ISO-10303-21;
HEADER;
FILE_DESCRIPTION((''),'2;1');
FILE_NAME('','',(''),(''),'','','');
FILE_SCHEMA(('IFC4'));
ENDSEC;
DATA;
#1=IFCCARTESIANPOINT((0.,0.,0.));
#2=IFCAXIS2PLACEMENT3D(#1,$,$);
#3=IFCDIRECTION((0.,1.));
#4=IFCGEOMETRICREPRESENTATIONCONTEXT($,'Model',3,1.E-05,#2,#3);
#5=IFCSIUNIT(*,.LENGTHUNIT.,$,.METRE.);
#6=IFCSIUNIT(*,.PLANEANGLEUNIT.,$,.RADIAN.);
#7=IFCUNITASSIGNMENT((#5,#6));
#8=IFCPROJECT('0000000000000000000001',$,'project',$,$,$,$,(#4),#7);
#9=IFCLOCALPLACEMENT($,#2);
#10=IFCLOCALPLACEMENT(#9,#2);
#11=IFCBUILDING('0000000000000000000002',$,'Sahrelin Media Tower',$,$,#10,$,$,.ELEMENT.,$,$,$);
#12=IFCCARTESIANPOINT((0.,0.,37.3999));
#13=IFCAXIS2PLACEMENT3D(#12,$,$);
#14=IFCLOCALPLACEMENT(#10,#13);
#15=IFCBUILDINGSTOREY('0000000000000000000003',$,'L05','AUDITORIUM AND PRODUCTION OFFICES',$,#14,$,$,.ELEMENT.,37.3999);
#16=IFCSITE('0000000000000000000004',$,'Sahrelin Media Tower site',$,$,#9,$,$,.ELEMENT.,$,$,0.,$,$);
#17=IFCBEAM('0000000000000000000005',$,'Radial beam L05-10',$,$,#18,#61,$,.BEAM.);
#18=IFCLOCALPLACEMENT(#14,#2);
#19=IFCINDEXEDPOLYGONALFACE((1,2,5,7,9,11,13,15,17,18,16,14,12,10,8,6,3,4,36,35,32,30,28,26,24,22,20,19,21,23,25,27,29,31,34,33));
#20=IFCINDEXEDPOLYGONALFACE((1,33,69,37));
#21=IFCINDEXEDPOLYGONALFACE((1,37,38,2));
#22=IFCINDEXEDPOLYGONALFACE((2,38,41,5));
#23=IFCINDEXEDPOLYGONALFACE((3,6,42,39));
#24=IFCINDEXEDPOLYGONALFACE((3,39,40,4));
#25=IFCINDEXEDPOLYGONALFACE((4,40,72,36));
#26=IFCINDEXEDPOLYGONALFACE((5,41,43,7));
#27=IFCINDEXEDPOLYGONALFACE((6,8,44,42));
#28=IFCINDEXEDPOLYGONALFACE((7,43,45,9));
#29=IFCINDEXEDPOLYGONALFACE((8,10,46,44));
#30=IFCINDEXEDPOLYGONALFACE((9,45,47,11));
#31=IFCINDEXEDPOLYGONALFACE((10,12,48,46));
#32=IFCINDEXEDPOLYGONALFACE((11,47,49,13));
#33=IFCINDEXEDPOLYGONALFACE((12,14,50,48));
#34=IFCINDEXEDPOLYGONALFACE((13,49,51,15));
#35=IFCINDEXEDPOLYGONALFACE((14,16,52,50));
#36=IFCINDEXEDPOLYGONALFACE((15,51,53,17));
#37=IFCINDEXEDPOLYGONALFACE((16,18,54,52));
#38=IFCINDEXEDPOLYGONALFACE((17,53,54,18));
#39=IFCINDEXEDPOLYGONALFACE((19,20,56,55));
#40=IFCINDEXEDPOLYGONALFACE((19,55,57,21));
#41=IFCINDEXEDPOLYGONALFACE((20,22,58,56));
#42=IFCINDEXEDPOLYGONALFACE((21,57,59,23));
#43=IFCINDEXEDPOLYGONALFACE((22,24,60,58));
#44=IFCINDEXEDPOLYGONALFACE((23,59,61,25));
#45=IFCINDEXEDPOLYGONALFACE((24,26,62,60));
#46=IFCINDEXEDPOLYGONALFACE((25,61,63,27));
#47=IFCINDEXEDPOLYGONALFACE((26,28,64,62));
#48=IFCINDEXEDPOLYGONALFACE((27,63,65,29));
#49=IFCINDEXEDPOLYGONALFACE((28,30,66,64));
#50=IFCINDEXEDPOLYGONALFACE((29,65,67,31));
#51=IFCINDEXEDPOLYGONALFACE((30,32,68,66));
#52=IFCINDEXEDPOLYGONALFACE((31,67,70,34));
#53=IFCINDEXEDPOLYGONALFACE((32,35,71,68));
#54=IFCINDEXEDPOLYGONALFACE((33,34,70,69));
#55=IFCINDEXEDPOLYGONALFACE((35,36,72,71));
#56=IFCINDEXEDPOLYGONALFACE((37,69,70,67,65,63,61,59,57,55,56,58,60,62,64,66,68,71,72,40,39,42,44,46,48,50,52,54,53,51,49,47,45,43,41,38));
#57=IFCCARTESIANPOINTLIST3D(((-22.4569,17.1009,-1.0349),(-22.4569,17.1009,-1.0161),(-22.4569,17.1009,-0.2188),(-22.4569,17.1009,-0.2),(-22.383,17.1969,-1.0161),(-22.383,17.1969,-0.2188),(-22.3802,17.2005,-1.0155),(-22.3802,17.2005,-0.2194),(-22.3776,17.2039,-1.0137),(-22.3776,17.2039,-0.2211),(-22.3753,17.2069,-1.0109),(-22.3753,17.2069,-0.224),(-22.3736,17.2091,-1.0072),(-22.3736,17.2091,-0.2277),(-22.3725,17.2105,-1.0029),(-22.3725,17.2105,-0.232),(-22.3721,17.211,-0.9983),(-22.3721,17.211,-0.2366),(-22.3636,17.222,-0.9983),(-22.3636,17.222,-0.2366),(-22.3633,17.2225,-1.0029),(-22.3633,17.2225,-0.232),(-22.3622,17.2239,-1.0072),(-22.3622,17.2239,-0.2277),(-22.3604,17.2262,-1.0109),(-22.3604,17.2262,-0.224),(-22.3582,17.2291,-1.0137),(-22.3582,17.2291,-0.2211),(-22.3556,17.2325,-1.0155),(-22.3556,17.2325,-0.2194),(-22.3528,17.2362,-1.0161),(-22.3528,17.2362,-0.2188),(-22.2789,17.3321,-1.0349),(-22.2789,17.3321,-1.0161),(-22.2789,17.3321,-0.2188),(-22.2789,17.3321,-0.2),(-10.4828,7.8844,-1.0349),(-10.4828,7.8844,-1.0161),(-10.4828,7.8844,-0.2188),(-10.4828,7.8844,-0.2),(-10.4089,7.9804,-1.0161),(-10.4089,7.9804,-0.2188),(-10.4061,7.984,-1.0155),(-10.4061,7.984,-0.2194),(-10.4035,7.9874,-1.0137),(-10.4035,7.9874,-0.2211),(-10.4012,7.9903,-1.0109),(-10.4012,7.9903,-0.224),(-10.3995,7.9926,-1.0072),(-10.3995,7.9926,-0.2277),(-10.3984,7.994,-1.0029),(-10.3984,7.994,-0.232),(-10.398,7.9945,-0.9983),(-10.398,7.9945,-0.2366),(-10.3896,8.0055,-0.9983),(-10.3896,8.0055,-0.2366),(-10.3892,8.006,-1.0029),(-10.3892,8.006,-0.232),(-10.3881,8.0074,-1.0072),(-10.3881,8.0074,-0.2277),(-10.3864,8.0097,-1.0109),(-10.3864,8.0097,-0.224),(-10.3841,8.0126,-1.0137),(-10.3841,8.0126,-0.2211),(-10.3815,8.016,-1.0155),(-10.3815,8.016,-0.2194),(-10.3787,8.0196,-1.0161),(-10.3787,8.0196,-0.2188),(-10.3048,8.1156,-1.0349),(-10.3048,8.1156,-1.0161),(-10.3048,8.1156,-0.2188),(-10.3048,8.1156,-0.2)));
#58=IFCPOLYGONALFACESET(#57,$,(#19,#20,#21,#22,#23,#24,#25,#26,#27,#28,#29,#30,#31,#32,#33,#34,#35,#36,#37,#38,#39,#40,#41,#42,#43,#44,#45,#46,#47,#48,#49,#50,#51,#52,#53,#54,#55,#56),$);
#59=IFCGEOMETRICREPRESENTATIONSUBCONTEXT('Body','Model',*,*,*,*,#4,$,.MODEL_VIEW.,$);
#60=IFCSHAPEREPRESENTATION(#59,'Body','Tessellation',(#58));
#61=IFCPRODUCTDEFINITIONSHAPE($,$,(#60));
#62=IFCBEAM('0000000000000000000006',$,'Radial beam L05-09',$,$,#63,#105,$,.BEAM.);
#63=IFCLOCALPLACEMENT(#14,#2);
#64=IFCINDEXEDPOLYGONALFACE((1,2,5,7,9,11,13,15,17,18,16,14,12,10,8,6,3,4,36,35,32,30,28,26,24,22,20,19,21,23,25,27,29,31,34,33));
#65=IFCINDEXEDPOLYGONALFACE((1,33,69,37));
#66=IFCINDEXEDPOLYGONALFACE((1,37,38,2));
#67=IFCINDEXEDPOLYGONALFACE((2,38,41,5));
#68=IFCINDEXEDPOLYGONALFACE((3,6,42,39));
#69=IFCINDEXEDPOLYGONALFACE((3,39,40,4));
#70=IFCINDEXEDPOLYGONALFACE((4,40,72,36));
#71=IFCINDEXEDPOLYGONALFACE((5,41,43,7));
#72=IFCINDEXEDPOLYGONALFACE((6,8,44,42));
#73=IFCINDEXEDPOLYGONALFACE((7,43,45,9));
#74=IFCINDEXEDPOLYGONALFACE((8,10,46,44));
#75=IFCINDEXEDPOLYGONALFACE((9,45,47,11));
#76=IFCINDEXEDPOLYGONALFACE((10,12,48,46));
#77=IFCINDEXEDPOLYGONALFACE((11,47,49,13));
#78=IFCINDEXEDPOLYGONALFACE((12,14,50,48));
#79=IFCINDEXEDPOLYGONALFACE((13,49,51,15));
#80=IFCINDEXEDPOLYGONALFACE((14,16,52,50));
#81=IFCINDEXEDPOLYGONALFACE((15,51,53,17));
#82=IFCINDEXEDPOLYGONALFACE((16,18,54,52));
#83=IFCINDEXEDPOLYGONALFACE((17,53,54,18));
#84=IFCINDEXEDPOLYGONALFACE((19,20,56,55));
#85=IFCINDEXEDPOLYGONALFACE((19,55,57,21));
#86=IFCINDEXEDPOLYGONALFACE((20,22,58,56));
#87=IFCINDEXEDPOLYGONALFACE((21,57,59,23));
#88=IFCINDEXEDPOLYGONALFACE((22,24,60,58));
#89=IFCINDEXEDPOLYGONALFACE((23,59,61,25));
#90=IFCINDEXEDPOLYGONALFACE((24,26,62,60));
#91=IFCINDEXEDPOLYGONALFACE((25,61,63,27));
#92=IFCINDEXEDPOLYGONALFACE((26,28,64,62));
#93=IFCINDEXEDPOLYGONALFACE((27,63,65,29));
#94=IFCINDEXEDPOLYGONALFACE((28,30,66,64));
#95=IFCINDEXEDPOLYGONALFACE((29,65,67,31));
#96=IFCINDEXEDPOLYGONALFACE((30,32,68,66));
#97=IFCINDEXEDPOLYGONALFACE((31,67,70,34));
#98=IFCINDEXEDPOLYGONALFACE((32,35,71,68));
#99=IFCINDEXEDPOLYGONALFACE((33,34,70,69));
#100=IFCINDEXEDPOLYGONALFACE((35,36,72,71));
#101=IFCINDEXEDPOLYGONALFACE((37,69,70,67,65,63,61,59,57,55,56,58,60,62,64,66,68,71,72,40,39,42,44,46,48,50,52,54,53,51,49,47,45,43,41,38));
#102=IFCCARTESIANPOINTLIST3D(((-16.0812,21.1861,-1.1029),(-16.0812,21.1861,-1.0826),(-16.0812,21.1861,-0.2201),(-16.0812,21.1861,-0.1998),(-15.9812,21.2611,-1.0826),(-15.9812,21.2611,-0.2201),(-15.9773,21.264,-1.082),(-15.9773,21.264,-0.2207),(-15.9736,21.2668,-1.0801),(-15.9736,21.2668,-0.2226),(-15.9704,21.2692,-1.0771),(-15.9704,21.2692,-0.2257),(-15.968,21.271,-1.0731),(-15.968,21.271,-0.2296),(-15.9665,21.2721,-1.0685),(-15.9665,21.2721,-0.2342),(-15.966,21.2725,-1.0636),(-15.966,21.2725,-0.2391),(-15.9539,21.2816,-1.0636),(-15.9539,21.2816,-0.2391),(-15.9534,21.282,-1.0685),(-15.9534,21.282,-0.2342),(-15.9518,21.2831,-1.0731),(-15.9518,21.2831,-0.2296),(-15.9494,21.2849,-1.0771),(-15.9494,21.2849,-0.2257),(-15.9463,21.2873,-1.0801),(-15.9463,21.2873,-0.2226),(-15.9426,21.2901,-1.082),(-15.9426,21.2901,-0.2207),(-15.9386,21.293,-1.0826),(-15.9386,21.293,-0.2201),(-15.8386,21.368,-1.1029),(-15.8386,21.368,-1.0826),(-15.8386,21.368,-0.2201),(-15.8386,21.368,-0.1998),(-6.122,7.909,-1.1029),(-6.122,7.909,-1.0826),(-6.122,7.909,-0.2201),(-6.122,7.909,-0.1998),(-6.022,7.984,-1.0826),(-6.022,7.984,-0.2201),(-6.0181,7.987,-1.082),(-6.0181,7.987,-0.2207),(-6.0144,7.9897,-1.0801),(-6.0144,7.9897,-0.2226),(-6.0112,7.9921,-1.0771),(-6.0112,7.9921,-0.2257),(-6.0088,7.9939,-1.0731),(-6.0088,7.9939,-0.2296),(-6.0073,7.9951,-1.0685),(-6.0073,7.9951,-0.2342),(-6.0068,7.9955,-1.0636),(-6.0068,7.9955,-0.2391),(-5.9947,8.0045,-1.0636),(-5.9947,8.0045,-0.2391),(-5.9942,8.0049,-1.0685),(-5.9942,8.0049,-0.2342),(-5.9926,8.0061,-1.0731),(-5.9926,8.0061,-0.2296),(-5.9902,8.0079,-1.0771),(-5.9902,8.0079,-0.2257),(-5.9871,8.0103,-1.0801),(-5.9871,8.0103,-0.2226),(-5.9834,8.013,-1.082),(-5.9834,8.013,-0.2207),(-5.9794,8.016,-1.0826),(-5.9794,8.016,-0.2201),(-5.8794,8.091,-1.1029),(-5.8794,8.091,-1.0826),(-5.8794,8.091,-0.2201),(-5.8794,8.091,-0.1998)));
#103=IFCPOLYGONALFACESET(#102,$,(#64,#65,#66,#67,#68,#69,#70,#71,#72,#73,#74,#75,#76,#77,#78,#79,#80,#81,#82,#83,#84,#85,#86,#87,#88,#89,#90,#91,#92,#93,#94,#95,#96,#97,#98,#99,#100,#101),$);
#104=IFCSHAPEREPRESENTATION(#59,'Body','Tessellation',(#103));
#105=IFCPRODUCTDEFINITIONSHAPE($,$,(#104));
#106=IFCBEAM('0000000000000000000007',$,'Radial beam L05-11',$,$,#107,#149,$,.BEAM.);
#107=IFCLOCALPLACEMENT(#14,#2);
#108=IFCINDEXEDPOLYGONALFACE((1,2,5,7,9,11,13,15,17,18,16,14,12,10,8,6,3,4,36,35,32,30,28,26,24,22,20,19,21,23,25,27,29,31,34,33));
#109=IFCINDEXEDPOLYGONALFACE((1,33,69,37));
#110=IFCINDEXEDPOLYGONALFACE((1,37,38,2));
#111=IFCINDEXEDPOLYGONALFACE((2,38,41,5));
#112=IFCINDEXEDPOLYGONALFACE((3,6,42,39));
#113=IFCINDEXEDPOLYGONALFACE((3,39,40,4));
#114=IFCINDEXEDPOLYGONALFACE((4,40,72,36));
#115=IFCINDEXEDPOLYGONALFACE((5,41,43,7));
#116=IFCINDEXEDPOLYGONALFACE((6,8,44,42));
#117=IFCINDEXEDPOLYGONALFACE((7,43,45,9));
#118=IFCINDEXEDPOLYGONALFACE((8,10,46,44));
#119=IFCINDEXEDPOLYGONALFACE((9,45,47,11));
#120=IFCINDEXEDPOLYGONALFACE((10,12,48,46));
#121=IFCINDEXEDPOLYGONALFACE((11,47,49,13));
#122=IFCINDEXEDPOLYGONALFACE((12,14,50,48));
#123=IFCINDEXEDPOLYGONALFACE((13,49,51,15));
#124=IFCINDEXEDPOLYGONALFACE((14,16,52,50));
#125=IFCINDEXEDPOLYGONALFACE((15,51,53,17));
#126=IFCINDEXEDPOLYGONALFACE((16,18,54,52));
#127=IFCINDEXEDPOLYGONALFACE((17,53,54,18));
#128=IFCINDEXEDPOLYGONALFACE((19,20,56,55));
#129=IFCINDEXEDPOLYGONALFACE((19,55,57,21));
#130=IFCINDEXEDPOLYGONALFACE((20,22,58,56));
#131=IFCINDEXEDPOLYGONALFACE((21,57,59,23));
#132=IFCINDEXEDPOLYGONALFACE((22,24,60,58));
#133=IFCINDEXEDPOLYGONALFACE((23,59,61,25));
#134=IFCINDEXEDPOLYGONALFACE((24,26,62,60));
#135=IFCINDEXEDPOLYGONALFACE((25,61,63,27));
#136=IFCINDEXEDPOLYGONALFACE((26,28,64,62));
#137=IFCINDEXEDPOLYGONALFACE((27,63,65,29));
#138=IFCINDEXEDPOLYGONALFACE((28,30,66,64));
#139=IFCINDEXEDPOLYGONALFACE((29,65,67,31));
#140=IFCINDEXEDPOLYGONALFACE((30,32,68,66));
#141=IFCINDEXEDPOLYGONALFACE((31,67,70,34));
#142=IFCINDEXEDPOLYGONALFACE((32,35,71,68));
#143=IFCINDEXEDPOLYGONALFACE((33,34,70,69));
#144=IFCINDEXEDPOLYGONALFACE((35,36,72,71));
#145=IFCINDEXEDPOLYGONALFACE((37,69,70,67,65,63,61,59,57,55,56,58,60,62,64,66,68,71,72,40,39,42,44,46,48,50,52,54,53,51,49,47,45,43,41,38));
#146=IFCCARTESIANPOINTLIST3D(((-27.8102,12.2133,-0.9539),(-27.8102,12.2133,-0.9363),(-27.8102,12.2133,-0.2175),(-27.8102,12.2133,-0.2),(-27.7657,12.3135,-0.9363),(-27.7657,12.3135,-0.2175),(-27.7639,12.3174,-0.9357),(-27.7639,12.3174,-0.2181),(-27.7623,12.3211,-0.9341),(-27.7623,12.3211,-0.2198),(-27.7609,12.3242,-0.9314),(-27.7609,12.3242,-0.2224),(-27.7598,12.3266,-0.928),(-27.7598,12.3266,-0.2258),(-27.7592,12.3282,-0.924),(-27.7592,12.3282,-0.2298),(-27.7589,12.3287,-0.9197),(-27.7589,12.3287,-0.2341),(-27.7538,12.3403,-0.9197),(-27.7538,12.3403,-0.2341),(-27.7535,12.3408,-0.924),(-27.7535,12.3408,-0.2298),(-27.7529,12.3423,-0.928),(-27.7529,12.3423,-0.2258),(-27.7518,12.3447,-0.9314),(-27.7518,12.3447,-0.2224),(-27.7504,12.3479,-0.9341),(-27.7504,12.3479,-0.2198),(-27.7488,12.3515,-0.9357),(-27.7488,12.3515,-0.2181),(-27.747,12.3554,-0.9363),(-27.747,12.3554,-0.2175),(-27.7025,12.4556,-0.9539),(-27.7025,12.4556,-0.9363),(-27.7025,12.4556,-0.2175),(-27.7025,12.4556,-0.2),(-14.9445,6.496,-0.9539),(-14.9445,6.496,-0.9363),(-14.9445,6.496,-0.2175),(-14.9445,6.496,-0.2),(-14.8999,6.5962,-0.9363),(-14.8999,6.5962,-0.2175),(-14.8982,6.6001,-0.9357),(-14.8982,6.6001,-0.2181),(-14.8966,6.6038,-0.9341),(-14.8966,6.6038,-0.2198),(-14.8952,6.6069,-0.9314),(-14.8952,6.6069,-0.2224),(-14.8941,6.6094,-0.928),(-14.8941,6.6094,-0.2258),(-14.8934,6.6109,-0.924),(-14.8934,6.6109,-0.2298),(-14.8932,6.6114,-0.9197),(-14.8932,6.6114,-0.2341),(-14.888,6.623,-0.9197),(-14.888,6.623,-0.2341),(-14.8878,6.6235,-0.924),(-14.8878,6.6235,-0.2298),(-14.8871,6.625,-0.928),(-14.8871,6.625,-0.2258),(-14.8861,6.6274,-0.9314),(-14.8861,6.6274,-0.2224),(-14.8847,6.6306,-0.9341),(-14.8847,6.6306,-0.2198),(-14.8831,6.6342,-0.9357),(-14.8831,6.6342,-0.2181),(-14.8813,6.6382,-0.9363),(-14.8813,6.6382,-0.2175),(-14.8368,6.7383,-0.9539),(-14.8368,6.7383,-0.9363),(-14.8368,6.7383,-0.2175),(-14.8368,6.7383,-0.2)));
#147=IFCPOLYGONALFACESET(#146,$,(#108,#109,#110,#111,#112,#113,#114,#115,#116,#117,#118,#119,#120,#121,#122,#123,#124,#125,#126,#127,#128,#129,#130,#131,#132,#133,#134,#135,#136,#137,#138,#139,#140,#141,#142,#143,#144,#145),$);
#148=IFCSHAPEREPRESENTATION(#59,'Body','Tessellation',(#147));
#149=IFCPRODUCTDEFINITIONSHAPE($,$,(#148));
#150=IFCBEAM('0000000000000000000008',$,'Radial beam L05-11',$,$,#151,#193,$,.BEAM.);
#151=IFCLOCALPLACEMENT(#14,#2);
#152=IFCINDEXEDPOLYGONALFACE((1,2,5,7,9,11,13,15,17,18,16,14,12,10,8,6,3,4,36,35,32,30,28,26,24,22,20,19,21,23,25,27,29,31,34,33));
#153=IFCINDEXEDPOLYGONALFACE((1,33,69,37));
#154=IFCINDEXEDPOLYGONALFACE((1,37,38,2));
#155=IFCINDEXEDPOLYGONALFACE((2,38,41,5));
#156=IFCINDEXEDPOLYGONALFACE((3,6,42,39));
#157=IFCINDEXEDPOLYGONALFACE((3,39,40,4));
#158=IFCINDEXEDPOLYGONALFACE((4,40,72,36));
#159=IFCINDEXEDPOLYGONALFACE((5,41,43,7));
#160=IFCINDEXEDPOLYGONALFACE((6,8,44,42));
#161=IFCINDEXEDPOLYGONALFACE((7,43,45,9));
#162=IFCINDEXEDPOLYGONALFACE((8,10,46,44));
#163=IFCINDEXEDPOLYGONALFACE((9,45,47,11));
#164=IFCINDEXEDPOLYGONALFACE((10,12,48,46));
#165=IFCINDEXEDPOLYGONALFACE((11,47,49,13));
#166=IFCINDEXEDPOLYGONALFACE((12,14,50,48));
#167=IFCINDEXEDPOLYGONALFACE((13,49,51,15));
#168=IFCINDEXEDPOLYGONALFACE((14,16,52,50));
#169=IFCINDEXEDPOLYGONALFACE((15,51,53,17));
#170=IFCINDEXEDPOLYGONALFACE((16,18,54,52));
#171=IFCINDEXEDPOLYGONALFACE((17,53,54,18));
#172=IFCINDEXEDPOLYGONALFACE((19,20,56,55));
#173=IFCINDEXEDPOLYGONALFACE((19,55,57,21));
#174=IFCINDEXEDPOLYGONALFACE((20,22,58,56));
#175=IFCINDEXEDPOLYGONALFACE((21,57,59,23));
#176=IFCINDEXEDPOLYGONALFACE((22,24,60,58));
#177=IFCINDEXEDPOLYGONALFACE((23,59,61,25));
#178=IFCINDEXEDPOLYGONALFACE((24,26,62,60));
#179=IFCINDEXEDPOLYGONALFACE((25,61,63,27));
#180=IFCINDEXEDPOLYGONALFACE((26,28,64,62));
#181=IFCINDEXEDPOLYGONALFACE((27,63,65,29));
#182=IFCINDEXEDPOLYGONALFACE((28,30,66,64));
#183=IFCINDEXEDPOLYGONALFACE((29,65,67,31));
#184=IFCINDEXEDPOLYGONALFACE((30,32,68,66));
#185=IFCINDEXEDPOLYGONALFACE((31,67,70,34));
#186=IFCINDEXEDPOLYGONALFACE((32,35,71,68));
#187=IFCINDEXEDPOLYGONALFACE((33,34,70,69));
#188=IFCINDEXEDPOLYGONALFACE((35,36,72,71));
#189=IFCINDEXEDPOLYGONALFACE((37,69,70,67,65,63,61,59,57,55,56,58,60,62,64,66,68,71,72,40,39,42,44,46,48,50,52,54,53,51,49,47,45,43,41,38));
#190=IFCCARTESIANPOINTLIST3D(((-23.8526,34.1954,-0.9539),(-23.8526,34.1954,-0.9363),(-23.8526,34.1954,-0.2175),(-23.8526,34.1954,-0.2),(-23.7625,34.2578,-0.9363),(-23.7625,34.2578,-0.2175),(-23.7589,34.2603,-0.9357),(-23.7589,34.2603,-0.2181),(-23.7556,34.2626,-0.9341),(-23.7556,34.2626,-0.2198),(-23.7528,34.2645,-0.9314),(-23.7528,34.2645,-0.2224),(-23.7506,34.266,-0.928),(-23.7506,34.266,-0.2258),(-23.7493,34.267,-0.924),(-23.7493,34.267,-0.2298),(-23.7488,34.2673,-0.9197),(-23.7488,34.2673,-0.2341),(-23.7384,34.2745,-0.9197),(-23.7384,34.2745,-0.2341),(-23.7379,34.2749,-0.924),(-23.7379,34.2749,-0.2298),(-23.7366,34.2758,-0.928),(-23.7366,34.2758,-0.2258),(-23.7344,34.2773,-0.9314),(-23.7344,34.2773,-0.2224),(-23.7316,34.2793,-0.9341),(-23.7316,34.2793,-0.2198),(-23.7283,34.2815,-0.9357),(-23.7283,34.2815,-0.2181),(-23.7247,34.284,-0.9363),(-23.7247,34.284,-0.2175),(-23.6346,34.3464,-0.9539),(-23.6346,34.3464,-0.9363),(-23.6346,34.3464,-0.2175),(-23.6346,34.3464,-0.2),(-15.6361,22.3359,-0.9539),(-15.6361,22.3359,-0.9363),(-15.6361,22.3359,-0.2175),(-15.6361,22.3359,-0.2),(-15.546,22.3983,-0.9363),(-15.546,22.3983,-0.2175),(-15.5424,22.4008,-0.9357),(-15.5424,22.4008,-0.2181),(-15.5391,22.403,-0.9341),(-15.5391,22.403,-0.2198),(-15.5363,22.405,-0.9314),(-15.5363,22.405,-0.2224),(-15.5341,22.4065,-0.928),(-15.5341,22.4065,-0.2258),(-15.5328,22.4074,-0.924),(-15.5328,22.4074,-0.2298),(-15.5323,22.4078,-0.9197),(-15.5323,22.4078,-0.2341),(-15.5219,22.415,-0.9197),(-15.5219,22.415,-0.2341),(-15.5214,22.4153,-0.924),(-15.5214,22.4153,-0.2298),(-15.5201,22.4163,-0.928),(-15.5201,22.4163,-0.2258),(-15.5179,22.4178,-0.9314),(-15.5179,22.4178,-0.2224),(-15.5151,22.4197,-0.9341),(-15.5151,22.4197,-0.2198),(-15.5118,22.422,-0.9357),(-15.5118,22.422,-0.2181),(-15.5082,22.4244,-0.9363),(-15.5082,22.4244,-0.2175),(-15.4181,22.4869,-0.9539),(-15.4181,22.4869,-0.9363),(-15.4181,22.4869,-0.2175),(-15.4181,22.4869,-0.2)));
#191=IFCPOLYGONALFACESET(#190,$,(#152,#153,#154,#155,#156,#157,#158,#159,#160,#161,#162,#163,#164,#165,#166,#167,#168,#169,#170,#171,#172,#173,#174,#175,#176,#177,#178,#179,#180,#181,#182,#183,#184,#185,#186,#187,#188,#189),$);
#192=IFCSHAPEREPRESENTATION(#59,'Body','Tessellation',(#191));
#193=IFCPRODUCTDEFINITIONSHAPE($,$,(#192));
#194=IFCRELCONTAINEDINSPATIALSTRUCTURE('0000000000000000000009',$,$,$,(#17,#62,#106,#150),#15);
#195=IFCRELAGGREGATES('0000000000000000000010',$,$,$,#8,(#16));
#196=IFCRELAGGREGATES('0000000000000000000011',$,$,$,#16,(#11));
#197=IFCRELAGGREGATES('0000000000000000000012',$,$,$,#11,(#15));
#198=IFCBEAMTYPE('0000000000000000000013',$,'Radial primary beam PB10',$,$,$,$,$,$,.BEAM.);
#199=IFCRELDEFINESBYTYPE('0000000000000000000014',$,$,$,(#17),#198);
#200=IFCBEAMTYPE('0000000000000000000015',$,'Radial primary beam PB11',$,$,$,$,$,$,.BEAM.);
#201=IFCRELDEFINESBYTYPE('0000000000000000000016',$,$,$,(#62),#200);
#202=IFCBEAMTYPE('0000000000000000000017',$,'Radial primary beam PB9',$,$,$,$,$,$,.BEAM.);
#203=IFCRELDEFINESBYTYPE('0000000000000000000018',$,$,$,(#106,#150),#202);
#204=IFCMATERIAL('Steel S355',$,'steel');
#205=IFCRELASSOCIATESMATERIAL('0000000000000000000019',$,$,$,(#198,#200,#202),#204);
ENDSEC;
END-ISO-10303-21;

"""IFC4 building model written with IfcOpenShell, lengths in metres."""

from ifc_helpers import new_model, si_unit, direction, frame, origin, origin_2d, place, context, subcontext, project, spatial, i_section, extrude, material, material_profile, profile_set, type_object, element, save


model = new_model("IFC4")

# Units and contexts
model_context = context("Model", 3, precision=1e-05, world=origin(), true_north=direction((0.0, 1.0)))
body_context = subcontext(model_context, "Body", "Model", "MODEL_VIEW")
ifc_project = project(units=[si_unit("LENGTHUNIT", "METRE"), si_unit("PLANEANGLEUNIT", "RADIAN")], contexts=[model_context])

# Site, building, storey
site_placement = place(None, origin())
site = spatial("IfcSite", under=ifc_project, at=site_placement, Name="Sahrelin Media Tower site", CompositionType="ELEMENT", RefElevation=0.0)
building_placement = place(site_placement, origin())
building = spatial("IfcBuilding", under=site, at=building_placement, Name="Sahrelin Media Tower", CompositionType="ELEMENT")
storey_placement = place(building_placement, frame((0.0, 0.0, 37.3999)))
storey = spatial("IfcBuildingStorey", under=building, at=storey_placement, Name="L05", Description="AUDITORIUM AND PRODUCTION OFFICES", CompositionType="ELEMENT", Elevation=37.3999)

# Beams
ifc_material_1 = material(Name="Steel S355", Category="steel")
ifc_material_profile_1 = material_profile(ifc_material_1, i_section(OverallWidth=0.2917, OverallDepth=0.835, WebThickness=0.0139, FlangeThickness=0.0188, FilletRadius=0.0178, at=origin_2d()), Name="UB 838x292x176")
ifc_profile_set_1 = profile_set([ifc_material_profile_1], Name="Steel S355")
beam_type_1 = type_object("IfcBeamType", Name="Radial primary beam PB10", PredefinedType="BEAM", material=ifc_profile_set_1)
beam_1_placement = place(storey_placement, frame((-10.3938, 8.0, -0.6174), z_axis=(-0.792442, 0.609947, 0.0), x_axis=(-0.609947, -0.792442, 0.0)))
element("IfcBeam", 1, at=beam_1_placement, inside=storey, type_object=beam_type_1, Name="Radial beam L05-10", PredefinedType="BEAM", context=body_context, shape_type="SweptSolid", body=[
    extrude(i_section(OverallWidth=0.2917, OverallDepth=0.835, WebThickness=0.0139, FlangeThickness=0.0188, FilletRadius=0.0178, at=origin_2d()), origin(), (0.0, 0.0, 1.0), 15.1104),
])
ifc_material_profile_2 = material_profile(ifc_material_1, i_section(OverallWidth=0.3032, OverallDepth=0.9031, WebThickness=0.0151, FlangeThickness=0.0203, FilletRadius=0.019, at=origin_2d()), Name="UB 914x305x201")
ifc_profile_set_2 = profile_set([ifc_material_profile_2], Name="Steel S355")
beam_type_2 = type_object("IfcBeamType", Name="Radial primary beam PB11", PredefinedType="BEAM", material=ifc_profile_set_2)
beam_2_placement = place(storey_placement, frame((-6.0007, 8.0, -0.6514), z_axis=(-0.600054, 0.799959, 0.0), x_axis=(-0.799959, -0.600054, 0.0)))
element("IfcBeam", 2, at=beam_2_placement, inside=storey, type_object=beam_type_2, Name="Radial beam L05-09", PredefinedType="BEAM", context=body_context, shape_type="SweptSolid", body=[
    extrude(i_section(OverallWidth=0.3032, OverallDepth=0.9031, WebThickness=0.0151, FlangeThickness=0.0203, FilletRadius=0.019, at=origin_2d()), origin(), (0.0, 0.0, 1.0), 16.5972),
])
ifc_material_profile_3 = material_profile(ifc_material_1, i_section(OverallWidth=0.2651, OverallDepth=0.7539, WebThickness=0.0127, FlangeThickness=0.0176, FilletRadius=0.0166, at=origin_2d()), Name="UB 762x267x147")
ifc_profile_set_3 = profile_set([ifc_material_profile_3], Name="Steel S355")
beam_type_3 = type_object("IfcBeamType", Name="Radial primary beam PB9", PredefinedType="BEAM", material=ifc_profile_set_3)
beam_3_placement = place(storey_placement, frame((-14.8906, 6.6172, -0.5769), z_axis=(-0.913833, 0.40609, 0.0), x_axis=(-0.40609, -0.913833, 0.0)))
element("IfcBeam", 3, at=beam_3_placement, inside=storey, type_object=beam_type_3, Name="Radial beam L05-11", PredefinedType="BEAM", context=body_context, shape_type="SweptSolid", body=[
    extrude(i_section(OverallWidth=0.2651, OverallDepth=0.7539, WebThickness=0.0127, FlangeThickness=0.0176, FilletRadius=0.0166, at=origin_2d()), origin(), (0.0, 0.0, 1.0), 14.0789),
])
beam_4_placement = place(storey_placement, frame((-15.5271, 22.4114, -0.5769), z_axis=(-0.569493, 0.821996, 0.0), x_axis=(-0.821996, -0.569493, 0.0)))
element("IfcBeam", 4, at=beam_4_placement, inside=storey, type_object=beam_type_3, Name="Radial beam L05-11", PredefinedType="BEAM", context=body_context, shape_type="SweptSolid", body=[
    extrude(i_section(OverallWidth=0.2651, OverallDepth=0.7539, WebThickness=0.0127, FlangeThickness=0.0176, FilletRadius=0.0166, at=origin_2d()), origin(), (0.0, 0.0, 1.0), 14.4277),
])

save(model, "model.ifc")
